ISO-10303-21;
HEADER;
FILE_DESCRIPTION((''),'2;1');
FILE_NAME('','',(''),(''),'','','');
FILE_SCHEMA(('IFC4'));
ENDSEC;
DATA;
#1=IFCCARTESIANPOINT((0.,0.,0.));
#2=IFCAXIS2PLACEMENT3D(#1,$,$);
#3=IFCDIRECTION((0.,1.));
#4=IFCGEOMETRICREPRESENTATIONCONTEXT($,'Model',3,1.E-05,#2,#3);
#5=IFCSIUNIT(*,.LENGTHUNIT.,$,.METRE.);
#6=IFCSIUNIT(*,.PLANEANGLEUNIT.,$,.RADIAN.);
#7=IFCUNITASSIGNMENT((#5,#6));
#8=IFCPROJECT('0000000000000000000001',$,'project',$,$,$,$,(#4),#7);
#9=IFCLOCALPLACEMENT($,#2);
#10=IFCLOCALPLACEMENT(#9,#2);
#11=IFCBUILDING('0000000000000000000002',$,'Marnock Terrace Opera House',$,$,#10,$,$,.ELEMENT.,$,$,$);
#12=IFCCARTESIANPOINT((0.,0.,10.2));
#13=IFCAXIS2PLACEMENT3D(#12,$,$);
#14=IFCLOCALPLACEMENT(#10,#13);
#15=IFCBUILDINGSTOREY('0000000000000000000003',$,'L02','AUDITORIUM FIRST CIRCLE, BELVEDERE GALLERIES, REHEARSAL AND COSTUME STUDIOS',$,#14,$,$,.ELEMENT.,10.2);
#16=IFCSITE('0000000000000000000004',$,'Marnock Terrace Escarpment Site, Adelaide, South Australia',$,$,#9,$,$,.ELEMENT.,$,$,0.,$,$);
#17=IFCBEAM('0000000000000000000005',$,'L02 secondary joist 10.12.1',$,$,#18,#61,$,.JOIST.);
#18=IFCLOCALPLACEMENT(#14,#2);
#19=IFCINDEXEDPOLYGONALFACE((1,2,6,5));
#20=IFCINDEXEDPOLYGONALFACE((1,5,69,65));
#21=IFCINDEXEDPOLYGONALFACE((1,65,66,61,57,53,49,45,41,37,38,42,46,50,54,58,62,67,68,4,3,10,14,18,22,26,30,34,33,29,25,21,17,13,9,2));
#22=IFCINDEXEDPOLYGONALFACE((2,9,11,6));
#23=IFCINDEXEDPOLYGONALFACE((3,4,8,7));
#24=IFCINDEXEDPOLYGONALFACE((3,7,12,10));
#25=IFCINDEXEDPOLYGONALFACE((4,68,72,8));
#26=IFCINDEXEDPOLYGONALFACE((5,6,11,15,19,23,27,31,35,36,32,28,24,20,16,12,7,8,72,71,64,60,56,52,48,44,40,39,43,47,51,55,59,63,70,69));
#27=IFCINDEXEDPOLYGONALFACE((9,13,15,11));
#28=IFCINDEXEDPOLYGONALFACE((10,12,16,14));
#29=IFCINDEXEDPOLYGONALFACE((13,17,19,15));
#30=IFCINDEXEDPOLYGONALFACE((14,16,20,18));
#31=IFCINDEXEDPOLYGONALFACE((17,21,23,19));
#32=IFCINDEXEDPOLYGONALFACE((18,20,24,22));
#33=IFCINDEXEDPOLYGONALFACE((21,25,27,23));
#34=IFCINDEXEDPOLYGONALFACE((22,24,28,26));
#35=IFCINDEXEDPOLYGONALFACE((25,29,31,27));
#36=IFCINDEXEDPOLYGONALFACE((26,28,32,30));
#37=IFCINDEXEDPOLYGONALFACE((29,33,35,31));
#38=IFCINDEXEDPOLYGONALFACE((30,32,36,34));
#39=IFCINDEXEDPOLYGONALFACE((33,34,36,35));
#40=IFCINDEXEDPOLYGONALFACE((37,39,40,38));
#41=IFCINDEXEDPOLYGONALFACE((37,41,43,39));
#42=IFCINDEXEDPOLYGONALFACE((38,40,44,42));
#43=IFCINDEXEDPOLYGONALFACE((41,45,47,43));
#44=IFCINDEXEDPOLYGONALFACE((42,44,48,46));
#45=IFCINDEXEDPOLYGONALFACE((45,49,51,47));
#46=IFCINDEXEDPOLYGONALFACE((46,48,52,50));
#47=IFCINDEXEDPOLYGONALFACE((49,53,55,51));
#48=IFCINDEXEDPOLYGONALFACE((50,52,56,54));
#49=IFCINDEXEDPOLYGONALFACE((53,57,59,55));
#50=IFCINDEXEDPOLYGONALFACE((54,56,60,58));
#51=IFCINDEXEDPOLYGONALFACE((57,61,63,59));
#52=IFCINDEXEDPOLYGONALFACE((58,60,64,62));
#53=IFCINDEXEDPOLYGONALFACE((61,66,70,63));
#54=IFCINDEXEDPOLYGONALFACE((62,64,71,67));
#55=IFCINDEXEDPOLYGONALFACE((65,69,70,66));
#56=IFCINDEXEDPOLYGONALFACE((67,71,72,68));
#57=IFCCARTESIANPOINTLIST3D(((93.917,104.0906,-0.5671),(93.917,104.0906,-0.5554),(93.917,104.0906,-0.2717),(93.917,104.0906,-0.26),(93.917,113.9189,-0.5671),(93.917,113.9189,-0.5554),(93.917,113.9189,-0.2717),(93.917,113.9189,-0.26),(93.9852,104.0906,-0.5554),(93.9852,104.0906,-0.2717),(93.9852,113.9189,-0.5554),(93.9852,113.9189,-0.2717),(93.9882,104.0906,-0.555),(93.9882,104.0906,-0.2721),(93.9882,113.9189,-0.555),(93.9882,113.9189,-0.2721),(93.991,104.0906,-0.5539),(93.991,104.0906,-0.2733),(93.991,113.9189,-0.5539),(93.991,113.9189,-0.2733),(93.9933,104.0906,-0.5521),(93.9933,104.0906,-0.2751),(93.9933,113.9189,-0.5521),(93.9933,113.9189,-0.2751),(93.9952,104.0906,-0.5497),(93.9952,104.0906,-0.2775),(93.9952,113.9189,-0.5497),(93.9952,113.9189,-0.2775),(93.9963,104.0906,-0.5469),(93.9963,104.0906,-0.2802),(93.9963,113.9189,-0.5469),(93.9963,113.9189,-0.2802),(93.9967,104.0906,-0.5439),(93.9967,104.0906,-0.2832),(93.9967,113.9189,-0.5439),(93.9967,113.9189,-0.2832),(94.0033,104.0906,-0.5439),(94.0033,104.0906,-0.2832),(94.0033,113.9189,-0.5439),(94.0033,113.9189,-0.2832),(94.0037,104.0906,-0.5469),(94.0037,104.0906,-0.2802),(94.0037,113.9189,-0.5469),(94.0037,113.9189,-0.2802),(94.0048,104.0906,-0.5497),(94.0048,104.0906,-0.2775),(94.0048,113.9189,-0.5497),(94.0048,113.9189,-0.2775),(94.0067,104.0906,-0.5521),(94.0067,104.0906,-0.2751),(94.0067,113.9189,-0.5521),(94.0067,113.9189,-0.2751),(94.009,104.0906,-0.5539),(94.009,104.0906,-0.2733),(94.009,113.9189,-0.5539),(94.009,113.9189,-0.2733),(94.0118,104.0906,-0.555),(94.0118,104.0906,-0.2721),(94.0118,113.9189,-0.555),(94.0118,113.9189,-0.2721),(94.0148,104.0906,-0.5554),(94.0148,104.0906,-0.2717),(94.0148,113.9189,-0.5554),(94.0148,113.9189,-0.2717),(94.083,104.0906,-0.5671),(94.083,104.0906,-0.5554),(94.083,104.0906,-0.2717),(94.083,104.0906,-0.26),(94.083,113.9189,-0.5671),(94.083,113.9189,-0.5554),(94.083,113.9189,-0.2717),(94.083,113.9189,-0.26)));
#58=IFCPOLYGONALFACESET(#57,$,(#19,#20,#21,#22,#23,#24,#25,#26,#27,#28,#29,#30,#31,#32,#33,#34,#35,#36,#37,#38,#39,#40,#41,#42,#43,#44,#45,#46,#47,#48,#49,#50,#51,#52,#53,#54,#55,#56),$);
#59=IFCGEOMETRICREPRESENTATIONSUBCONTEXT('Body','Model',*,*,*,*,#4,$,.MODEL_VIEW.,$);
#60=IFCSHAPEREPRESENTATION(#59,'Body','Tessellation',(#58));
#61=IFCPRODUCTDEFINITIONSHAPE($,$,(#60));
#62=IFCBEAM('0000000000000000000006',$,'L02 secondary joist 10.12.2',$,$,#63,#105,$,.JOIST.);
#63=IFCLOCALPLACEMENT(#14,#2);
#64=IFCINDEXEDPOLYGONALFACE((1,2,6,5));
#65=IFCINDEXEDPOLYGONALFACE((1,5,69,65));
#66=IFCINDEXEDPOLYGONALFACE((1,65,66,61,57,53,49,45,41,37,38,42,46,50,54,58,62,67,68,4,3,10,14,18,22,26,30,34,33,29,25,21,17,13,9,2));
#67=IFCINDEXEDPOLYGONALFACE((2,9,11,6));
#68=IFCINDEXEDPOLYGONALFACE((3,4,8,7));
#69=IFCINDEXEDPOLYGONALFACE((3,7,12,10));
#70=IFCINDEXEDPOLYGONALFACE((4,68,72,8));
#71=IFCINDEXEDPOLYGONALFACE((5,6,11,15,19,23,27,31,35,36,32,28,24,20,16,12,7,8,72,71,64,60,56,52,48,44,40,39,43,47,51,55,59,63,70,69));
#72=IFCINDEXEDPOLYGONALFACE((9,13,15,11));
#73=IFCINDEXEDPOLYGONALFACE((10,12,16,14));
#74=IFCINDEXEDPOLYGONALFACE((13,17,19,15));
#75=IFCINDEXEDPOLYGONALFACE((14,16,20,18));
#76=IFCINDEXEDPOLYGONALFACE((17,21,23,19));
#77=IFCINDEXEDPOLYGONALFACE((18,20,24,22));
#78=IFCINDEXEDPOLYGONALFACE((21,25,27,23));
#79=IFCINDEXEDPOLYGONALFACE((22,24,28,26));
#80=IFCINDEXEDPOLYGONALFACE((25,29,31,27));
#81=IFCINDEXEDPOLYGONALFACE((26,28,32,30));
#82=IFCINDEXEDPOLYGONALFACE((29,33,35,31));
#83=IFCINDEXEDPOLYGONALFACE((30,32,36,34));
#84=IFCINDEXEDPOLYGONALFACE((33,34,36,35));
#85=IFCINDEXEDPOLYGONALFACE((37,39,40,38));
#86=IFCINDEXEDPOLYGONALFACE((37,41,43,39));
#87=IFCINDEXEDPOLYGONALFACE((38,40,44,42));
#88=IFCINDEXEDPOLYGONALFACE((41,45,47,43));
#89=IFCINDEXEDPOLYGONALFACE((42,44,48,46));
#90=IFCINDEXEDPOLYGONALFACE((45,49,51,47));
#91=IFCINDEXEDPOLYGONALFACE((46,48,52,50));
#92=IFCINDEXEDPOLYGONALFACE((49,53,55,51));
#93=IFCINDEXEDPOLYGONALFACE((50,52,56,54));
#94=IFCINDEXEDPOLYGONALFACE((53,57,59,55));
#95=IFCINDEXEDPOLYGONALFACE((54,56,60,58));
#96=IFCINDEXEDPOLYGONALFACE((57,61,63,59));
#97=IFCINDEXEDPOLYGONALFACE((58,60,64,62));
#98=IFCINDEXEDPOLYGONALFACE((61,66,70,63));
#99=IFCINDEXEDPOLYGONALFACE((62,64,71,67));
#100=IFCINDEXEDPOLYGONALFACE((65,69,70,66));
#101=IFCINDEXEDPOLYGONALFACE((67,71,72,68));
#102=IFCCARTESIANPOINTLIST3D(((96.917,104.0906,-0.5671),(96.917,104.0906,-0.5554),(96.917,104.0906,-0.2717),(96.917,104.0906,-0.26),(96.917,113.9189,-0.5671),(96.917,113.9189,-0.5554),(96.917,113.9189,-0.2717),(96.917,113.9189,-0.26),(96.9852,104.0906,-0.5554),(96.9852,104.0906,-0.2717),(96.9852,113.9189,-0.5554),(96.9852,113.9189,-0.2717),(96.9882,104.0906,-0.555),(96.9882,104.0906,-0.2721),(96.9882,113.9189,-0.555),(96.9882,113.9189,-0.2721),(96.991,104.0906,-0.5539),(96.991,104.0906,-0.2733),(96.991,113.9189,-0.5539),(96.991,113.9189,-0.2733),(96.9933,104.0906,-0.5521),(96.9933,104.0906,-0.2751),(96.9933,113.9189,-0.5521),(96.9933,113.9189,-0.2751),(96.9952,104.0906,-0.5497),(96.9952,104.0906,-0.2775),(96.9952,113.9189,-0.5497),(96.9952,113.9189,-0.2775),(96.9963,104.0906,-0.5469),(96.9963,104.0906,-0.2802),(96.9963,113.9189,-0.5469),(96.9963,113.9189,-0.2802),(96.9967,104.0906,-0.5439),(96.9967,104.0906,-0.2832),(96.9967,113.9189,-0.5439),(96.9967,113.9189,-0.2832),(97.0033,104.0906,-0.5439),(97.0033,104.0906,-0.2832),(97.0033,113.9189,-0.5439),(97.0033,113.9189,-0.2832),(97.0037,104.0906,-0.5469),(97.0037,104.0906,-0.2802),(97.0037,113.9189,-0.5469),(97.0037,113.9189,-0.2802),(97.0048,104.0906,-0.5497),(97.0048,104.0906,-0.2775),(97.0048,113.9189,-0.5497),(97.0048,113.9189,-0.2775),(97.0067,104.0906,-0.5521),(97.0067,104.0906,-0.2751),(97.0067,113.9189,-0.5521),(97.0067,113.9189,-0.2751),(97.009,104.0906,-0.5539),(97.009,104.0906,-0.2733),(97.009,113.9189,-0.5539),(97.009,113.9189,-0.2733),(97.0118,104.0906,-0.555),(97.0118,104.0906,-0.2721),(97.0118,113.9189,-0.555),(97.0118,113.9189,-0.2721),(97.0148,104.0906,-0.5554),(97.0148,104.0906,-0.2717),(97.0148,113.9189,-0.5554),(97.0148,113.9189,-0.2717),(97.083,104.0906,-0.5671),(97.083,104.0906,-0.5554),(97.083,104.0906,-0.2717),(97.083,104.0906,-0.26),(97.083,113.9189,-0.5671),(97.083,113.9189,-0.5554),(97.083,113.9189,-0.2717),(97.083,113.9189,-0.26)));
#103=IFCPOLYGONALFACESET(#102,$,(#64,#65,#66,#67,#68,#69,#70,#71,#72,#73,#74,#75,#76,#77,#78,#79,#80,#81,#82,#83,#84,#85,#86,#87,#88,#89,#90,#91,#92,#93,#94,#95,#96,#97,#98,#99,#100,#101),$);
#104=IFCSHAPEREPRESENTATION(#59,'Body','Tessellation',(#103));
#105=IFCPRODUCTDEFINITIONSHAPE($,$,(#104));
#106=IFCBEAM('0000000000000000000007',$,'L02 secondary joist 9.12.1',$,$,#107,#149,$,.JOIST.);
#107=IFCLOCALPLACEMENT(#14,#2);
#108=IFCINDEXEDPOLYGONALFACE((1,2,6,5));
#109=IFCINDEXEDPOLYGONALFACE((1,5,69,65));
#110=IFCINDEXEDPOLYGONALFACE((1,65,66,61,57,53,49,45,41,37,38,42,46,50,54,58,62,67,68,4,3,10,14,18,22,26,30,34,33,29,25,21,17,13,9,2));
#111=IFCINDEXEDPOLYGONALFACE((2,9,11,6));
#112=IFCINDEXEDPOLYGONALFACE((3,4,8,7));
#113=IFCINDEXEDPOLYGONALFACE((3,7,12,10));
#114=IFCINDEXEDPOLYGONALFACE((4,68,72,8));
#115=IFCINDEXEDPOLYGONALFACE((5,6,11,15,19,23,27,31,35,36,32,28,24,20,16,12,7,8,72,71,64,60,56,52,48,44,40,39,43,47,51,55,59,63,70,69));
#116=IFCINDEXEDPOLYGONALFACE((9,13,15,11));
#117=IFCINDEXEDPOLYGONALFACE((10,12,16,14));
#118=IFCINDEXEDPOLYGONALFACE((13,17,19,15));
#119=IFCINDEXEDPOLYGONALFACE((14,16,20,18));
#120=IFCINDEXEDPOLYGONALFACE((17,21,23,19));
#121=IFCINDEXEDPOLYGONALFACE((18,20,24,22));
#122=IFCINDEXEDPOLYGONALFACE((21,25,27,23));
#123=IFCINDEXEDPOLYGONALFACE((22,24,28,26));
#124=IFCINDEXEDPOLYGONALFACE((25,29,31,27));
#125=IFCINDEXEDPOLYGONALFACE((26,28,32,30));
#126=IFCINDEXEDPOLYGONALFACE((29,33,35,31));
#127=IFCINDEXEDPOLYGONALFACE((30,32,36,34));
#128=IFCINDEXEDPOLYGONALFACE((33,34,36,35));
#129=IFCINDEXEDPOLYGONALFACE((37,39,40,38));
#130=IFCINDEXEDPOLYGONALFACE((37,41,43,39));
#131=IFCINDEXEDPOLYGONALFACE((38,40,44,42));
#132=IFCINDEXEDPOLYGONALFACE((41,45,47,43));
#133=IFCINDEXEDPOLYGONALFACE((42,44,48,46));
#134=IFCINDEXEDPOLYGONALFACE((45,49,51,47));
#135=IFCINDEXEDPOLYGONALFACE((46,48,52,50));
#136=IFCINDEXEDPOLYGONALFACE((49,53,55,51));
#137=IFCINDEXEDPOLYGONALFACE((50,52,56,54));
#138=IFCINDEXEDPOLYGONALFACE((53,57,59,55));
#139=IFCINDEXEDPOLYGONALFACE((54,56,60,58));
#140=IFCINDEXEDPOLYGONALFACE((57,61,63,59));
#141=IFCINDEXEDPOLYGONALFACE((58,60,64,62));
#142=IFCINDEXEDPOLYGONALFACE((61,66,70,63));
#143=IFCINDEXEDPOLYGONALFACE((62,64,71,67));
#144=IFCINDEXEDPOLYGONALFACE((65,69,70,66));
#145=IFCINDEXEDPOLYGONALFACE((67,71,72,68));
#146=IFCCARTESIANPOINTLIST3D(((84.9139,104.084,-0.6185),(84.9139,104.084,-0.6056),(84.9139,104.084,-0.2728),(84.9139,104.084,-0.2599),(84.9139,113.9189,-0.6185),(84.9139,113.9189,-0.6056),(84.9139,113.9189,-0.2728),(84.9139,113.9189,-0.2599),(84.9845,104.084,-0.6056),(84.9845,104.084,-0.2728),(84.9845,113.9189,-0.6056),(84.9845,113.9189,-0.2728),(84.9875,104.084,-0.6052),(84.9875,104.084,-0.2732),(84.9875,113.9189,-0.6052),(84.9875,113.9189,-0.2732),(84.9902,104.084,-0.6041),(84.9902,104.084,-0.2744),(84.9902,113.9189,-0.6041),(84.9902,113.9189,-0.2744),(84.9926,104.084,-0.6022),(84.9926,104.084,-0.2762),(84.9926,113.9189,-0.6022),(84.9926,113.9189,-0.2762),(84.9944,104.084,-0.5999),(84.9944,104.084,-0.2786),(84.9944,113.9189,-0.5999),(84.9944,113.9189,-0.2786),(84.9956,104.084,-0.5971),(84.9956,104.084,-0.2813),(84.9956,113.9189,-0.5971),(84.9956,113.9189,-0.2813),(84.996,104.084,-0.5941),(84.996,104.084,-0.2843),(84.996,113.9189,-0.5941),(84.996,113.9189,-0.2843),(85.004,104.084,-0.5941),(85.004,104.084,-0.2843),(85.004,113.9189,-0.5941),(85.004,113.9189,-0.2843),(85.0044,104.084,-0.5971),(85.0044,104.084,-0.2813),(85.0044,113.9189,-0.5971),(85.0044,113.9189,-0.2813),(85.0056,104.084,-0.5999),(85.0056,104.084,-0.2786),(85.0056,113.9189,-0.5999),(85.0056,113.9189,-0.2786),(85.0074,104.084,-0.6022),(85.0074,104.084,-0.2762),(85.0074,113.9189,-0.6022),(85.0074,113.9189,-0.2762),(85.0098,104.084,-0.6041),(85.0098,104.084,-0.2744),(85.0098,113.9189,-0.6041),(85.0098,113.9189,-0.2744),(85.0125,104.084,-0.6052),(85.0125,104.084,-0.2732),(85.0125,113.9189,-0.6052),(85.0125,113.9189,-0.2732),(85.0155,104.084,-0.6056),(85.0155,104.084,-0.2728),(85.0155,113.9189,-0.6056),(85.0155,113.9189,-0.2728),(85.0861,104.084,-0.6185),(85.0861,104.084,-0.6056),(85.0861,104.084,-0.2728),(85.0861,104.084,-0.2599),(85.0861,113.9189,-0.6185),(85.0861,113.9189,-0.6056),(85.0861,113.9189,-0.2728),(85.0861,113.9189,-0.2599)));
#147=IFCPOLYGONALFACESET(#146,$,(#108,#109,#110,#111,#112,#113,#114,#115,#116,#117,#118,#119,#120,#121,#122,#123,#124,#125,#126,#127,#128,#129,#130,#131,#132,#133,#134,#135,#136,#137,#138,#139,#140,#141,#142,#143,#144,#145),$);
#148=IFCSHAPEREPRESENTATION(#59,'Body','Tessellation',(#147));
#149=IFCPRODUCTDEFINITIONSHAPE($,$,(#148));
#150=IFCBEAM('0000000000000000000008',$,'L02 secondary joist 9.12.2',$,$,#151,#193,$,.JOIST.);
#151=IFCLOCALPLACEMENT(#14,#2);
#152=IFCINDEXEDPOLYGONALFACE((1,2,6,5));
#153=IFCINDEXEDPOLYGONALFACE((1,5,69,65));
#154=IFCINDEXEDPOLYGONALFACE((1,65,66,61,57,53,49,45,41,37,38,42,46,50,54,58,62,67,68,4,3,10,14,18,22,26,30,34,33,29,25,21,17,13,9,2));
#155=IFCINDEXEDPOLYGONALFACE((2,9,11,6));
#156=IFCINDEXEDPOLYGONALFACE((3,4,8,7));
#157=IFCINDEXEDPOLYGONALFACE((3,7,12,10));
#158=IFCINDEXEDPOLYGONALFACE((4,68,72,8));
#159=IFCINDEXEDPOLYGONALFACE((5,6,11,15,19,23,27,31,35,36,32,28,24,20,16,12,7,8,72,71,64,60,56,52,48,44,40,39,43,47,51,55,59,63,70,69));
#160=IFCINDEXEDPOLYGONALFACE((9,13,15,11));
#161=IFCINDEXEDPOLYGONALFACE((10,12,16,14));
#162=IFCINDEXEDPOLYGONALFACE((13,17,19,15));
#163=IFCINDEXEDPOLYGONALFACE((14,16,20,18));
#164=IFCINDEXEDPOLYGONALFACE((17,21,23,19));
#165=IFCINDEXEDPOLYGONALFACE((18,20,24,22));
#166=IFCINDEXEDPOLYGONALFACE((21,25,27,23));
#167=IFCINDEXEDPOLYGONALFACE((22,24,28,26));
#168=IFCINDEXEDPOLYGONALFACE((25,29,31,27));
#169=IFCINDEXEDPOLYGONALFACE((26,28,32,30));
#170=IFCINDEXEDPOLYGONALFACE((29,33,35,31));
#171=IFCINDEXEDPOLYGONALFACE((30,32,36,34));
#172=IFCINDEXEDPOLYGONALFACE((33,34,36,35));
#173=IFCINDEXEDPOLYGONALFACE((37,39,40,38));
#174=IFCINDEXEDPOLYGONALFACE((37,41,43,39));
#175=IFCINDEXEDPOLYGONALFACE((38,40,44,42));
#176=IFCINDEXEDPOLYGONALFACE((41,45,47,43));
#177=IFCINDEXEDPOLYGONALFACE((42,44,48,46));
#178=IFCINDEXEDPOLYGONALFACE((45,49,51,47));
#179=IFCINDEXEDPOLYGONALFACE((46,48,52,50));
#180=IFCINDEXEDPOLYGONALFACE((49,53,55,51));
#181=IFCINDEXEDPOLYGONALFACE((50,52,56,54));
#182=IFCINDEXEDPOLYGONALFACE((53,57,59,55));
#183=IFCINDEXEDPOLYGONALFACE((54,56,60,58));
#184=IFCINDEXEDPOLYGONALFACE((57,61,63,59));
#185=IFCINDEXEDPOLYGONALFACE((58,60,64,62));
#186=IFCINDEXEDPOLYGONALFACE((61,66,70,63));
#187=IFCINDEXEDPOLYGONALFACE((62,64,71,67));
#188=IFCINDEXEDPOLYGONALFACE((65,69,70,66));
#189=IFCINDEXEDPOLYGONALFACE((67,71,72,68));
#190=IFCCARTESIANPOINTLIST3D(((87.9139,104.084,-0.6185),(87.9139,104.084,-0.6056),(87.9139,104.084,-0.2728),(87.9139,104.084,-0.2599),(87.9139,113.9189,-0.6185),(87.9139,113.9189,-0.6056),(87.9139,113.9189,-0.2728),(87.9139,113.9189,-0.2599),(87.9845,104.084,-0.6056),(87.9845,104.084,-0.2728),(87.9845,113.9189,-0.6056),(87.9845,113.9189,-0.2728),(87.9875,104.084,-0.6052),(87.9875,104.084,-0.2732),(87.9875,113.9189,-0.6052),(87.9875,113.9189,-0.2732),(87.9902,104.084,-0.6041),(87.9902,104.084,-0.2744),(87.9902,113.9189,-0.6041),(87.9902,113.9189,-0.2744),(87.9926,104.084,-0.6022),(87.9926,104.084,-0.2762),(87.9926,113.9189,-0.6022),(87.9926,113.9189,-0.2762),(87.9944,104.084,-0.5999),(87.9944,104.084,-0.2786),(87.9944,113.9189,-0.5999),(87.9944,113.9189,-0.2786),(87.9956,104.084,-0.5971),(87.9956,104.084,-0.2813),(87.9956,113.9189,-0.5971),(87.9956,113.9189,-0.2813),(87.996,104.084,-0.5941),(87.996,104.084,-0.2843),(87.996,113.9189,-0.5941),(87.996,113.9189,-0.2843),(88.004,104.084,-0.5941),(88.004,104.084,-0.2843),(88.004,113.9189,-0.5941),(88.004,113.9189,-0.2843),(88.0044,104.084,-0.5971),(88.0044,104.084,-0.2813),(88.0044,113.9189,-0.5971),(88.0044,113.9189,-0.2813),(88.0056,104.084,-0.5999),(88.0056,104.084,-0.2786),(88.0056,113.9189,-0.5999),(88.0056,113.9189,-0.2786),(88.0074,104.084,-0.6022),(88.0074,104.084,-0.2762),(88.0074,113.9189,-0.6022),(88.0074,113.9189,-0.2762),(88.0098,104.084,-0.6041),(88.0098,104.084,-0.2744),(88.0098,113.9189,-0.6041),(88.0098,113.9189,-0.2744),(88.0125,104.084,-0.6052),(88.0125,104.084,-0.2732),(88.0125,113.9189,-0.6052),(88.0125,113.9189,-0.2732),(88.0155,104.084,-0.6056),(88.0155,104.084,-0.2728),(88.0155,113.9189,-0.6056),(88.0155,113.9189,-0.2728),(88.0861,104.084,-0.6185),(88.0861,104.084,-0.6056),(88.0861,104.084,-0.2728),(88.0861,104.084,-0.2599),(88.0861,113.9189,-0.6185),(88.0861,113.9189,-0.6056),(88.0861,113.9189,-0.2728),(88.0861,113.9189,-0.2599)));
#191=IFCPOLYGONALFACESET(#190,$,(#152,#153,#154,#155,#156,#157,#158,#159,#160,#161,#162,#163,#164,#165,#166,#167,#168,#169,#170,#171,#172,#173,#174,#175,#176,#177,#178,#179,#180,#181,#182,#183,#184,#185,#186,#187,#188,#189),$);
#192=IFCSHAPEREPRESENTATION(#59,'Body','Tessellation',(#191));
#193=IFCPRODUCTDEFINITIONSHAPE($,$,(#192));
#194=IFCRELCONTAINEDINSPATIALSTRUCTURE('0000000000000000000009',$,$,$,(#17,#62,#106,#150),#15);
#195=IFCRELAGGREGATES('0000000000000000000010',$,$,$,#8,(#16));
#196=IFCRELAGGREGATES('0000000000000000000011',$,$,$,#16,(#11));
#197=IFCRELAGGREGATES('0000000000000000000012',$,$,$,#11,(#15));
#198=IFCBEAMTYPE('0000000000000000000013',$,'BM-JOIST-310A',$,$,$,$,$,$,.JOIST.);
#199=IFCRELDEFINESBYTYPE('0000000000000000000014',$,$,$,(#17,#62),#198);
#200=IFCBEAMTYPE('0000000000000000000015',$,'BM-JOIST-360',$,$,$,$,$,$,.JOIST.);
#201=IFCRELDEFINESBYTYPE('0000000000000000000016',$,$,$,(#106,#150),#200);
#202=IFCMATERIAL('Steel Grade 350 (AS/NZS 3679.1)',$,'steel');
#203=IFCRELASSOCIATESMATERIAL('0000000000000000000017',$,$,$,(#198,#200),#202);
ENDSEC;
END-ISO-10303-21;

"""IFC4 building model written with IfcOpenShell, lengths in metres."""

from ifc_helpers import new_model, si_unit, direction, frame, origin, origin_2d, place, context, subcontext, project, spatial, i_section, extrude, material, material_profile, profile_set, type_object, element, save


model = new_model("IFC4")

# Units and contexts
model_context = context("Model", 3, precision=1e-05, world=origin(), true_north=direction((0.0, 1.0)))
body_context = subcontext(model_context, "Body", "Model", "MODEL_VIEW")
ifc_project = project(units=[si_unit("LENGTHUNIT", "METRE"), si_unit("PLANEANGLEUNIT", "RADIAN")], contexts=[model_context])

# Site, building, storey
site_placement = place(None, origin())
site = spatial("IfcSite", under=ifc_project, at=site_placement, Name="Marnock Terrace Escarpment Site, Adelaide, South Australia", CompositionType="ELEMENT", RefElevation=0.0)
building_placement = place(site_placement, origin())
building = spatial("IfcBuilding", under=site, at=building_placement, Name="Marnock Terrace Opera House", CompositionType="ELEMENT")
storey_placement = place(building_placement, frame((0.0, 0.0, 10.2)))
storey = spatial("IfcBuildingStorey", under=building, at=storey_placement, Name="L02", Description="AUDITORIUM FIRST CIRCLE, BELVEDERE GALLERIES, REHEARSAL AND COSTUME STUDIOS", CompositionType="ELEMENT", Elevation=10.2)

# Beams
ifc_material_1 = material(Name="Steel Grade 350 (AS/NZS 3679.1)", Category="steel")
ifc_material_profile_1 = material_profile(ifc_material_1, i_section(OverallWidth=0.166, OverallDepth=0.3071, WebThickness=0.0066, FlangeThickness=0.0117, FilletRadius=0.0115, at=origin_2d()))
ifc_profile_set_1 = profile_set([ifc_material_profile_1], Name="Steel Grade 350 (AS/NZS 3679.1)")
beam_type_1 = type_object("IfcBeamType", Name="BM-JOIST-310A", PredefinedType="JOIST", material=ifc_profile_set_1)
for number, where, z_axis, x_axis, name in (
    (1, (94.0, 104.0906, -0.4136), (0.0, 1.0, 0.0), (-1.0, 0.0, 0.0), "L02 secondary joist 10.12.1"),
    (2, (97.0, 104.0906, -0.4136), (0.0, 1.0, 0.0), (-1.0, 0.0, 0.0), "L02 secondary joist 10.12.2"),
):
    element("IfcBeam", number, at=place(storey_placement, frame(where, z_axis=z_axis, x_axis=x_axis)), inside=storey, type_object=beam_type_1, Name=name, PredefinedType="JOIST", context=body_context, shape_type="SweptSolid", body=[
        extrude(i_section(OverallWidth=0.166, OverallDepth=0.3071, WebThickness=0.0066, FlangeThickness=0.0117, FilletRadius=0.0115, at=origin_2d()), origin(), (0.0, 0.0, 1.0), 9.8284),
    ])
ifc_material_profile_2 = material_profile(ifc_material_1, i_section(OverallWidth=0.1721, OverallDepth=0.3586, WebThickness=0.0081, FlangeThickness=0.0129, FilletRadius=0.0115, at=origin_2d()))
ifc_profile_set_2 = profile_set([ifc_material_profile_2], Name="Steel Grade 350 (AS/NZS 3679.1)")
beam_type_2 = type_object("IfcBeamType", Name="BM-JOIST-360", PredefinedType="JOIST", material=ifc_profile_set_2)
for number, where, z_axis, x_axis, name in (
    (3, (85.0, 104.084, -0.4392), (0.0, 1.0, 0.0), (-1.0, 0.0, 0.0), "L02 secondary joist 9.12.1"),
    (4, (88.0, 104.084, -0.4392), (0.0, 1.0, 0.0), (-1.0, 0.0, 0.0), "L02 secondary joist 9.12.2"),
):
    element("IfcBeam", number, at=place(storey_placement, frame(where, z_axis=z_axis, x_axis=x_axis)), inside=storey, type_object=beam_type_2, Name=name, PredefinedType="JOIST", context=body_context, shape_type="SweptSolid", body=[
        extrude(i_section(OverallWidth=0.1721, OverallDepth=0.3586, WebThickness=0.0081, FlangeThickness=0.0129, FilletRadius=0.0115, at=origin_2d()), origin(), (0.0, 0.0, 1.0), 9.835),
    ])

save(model, "model.ifc")
